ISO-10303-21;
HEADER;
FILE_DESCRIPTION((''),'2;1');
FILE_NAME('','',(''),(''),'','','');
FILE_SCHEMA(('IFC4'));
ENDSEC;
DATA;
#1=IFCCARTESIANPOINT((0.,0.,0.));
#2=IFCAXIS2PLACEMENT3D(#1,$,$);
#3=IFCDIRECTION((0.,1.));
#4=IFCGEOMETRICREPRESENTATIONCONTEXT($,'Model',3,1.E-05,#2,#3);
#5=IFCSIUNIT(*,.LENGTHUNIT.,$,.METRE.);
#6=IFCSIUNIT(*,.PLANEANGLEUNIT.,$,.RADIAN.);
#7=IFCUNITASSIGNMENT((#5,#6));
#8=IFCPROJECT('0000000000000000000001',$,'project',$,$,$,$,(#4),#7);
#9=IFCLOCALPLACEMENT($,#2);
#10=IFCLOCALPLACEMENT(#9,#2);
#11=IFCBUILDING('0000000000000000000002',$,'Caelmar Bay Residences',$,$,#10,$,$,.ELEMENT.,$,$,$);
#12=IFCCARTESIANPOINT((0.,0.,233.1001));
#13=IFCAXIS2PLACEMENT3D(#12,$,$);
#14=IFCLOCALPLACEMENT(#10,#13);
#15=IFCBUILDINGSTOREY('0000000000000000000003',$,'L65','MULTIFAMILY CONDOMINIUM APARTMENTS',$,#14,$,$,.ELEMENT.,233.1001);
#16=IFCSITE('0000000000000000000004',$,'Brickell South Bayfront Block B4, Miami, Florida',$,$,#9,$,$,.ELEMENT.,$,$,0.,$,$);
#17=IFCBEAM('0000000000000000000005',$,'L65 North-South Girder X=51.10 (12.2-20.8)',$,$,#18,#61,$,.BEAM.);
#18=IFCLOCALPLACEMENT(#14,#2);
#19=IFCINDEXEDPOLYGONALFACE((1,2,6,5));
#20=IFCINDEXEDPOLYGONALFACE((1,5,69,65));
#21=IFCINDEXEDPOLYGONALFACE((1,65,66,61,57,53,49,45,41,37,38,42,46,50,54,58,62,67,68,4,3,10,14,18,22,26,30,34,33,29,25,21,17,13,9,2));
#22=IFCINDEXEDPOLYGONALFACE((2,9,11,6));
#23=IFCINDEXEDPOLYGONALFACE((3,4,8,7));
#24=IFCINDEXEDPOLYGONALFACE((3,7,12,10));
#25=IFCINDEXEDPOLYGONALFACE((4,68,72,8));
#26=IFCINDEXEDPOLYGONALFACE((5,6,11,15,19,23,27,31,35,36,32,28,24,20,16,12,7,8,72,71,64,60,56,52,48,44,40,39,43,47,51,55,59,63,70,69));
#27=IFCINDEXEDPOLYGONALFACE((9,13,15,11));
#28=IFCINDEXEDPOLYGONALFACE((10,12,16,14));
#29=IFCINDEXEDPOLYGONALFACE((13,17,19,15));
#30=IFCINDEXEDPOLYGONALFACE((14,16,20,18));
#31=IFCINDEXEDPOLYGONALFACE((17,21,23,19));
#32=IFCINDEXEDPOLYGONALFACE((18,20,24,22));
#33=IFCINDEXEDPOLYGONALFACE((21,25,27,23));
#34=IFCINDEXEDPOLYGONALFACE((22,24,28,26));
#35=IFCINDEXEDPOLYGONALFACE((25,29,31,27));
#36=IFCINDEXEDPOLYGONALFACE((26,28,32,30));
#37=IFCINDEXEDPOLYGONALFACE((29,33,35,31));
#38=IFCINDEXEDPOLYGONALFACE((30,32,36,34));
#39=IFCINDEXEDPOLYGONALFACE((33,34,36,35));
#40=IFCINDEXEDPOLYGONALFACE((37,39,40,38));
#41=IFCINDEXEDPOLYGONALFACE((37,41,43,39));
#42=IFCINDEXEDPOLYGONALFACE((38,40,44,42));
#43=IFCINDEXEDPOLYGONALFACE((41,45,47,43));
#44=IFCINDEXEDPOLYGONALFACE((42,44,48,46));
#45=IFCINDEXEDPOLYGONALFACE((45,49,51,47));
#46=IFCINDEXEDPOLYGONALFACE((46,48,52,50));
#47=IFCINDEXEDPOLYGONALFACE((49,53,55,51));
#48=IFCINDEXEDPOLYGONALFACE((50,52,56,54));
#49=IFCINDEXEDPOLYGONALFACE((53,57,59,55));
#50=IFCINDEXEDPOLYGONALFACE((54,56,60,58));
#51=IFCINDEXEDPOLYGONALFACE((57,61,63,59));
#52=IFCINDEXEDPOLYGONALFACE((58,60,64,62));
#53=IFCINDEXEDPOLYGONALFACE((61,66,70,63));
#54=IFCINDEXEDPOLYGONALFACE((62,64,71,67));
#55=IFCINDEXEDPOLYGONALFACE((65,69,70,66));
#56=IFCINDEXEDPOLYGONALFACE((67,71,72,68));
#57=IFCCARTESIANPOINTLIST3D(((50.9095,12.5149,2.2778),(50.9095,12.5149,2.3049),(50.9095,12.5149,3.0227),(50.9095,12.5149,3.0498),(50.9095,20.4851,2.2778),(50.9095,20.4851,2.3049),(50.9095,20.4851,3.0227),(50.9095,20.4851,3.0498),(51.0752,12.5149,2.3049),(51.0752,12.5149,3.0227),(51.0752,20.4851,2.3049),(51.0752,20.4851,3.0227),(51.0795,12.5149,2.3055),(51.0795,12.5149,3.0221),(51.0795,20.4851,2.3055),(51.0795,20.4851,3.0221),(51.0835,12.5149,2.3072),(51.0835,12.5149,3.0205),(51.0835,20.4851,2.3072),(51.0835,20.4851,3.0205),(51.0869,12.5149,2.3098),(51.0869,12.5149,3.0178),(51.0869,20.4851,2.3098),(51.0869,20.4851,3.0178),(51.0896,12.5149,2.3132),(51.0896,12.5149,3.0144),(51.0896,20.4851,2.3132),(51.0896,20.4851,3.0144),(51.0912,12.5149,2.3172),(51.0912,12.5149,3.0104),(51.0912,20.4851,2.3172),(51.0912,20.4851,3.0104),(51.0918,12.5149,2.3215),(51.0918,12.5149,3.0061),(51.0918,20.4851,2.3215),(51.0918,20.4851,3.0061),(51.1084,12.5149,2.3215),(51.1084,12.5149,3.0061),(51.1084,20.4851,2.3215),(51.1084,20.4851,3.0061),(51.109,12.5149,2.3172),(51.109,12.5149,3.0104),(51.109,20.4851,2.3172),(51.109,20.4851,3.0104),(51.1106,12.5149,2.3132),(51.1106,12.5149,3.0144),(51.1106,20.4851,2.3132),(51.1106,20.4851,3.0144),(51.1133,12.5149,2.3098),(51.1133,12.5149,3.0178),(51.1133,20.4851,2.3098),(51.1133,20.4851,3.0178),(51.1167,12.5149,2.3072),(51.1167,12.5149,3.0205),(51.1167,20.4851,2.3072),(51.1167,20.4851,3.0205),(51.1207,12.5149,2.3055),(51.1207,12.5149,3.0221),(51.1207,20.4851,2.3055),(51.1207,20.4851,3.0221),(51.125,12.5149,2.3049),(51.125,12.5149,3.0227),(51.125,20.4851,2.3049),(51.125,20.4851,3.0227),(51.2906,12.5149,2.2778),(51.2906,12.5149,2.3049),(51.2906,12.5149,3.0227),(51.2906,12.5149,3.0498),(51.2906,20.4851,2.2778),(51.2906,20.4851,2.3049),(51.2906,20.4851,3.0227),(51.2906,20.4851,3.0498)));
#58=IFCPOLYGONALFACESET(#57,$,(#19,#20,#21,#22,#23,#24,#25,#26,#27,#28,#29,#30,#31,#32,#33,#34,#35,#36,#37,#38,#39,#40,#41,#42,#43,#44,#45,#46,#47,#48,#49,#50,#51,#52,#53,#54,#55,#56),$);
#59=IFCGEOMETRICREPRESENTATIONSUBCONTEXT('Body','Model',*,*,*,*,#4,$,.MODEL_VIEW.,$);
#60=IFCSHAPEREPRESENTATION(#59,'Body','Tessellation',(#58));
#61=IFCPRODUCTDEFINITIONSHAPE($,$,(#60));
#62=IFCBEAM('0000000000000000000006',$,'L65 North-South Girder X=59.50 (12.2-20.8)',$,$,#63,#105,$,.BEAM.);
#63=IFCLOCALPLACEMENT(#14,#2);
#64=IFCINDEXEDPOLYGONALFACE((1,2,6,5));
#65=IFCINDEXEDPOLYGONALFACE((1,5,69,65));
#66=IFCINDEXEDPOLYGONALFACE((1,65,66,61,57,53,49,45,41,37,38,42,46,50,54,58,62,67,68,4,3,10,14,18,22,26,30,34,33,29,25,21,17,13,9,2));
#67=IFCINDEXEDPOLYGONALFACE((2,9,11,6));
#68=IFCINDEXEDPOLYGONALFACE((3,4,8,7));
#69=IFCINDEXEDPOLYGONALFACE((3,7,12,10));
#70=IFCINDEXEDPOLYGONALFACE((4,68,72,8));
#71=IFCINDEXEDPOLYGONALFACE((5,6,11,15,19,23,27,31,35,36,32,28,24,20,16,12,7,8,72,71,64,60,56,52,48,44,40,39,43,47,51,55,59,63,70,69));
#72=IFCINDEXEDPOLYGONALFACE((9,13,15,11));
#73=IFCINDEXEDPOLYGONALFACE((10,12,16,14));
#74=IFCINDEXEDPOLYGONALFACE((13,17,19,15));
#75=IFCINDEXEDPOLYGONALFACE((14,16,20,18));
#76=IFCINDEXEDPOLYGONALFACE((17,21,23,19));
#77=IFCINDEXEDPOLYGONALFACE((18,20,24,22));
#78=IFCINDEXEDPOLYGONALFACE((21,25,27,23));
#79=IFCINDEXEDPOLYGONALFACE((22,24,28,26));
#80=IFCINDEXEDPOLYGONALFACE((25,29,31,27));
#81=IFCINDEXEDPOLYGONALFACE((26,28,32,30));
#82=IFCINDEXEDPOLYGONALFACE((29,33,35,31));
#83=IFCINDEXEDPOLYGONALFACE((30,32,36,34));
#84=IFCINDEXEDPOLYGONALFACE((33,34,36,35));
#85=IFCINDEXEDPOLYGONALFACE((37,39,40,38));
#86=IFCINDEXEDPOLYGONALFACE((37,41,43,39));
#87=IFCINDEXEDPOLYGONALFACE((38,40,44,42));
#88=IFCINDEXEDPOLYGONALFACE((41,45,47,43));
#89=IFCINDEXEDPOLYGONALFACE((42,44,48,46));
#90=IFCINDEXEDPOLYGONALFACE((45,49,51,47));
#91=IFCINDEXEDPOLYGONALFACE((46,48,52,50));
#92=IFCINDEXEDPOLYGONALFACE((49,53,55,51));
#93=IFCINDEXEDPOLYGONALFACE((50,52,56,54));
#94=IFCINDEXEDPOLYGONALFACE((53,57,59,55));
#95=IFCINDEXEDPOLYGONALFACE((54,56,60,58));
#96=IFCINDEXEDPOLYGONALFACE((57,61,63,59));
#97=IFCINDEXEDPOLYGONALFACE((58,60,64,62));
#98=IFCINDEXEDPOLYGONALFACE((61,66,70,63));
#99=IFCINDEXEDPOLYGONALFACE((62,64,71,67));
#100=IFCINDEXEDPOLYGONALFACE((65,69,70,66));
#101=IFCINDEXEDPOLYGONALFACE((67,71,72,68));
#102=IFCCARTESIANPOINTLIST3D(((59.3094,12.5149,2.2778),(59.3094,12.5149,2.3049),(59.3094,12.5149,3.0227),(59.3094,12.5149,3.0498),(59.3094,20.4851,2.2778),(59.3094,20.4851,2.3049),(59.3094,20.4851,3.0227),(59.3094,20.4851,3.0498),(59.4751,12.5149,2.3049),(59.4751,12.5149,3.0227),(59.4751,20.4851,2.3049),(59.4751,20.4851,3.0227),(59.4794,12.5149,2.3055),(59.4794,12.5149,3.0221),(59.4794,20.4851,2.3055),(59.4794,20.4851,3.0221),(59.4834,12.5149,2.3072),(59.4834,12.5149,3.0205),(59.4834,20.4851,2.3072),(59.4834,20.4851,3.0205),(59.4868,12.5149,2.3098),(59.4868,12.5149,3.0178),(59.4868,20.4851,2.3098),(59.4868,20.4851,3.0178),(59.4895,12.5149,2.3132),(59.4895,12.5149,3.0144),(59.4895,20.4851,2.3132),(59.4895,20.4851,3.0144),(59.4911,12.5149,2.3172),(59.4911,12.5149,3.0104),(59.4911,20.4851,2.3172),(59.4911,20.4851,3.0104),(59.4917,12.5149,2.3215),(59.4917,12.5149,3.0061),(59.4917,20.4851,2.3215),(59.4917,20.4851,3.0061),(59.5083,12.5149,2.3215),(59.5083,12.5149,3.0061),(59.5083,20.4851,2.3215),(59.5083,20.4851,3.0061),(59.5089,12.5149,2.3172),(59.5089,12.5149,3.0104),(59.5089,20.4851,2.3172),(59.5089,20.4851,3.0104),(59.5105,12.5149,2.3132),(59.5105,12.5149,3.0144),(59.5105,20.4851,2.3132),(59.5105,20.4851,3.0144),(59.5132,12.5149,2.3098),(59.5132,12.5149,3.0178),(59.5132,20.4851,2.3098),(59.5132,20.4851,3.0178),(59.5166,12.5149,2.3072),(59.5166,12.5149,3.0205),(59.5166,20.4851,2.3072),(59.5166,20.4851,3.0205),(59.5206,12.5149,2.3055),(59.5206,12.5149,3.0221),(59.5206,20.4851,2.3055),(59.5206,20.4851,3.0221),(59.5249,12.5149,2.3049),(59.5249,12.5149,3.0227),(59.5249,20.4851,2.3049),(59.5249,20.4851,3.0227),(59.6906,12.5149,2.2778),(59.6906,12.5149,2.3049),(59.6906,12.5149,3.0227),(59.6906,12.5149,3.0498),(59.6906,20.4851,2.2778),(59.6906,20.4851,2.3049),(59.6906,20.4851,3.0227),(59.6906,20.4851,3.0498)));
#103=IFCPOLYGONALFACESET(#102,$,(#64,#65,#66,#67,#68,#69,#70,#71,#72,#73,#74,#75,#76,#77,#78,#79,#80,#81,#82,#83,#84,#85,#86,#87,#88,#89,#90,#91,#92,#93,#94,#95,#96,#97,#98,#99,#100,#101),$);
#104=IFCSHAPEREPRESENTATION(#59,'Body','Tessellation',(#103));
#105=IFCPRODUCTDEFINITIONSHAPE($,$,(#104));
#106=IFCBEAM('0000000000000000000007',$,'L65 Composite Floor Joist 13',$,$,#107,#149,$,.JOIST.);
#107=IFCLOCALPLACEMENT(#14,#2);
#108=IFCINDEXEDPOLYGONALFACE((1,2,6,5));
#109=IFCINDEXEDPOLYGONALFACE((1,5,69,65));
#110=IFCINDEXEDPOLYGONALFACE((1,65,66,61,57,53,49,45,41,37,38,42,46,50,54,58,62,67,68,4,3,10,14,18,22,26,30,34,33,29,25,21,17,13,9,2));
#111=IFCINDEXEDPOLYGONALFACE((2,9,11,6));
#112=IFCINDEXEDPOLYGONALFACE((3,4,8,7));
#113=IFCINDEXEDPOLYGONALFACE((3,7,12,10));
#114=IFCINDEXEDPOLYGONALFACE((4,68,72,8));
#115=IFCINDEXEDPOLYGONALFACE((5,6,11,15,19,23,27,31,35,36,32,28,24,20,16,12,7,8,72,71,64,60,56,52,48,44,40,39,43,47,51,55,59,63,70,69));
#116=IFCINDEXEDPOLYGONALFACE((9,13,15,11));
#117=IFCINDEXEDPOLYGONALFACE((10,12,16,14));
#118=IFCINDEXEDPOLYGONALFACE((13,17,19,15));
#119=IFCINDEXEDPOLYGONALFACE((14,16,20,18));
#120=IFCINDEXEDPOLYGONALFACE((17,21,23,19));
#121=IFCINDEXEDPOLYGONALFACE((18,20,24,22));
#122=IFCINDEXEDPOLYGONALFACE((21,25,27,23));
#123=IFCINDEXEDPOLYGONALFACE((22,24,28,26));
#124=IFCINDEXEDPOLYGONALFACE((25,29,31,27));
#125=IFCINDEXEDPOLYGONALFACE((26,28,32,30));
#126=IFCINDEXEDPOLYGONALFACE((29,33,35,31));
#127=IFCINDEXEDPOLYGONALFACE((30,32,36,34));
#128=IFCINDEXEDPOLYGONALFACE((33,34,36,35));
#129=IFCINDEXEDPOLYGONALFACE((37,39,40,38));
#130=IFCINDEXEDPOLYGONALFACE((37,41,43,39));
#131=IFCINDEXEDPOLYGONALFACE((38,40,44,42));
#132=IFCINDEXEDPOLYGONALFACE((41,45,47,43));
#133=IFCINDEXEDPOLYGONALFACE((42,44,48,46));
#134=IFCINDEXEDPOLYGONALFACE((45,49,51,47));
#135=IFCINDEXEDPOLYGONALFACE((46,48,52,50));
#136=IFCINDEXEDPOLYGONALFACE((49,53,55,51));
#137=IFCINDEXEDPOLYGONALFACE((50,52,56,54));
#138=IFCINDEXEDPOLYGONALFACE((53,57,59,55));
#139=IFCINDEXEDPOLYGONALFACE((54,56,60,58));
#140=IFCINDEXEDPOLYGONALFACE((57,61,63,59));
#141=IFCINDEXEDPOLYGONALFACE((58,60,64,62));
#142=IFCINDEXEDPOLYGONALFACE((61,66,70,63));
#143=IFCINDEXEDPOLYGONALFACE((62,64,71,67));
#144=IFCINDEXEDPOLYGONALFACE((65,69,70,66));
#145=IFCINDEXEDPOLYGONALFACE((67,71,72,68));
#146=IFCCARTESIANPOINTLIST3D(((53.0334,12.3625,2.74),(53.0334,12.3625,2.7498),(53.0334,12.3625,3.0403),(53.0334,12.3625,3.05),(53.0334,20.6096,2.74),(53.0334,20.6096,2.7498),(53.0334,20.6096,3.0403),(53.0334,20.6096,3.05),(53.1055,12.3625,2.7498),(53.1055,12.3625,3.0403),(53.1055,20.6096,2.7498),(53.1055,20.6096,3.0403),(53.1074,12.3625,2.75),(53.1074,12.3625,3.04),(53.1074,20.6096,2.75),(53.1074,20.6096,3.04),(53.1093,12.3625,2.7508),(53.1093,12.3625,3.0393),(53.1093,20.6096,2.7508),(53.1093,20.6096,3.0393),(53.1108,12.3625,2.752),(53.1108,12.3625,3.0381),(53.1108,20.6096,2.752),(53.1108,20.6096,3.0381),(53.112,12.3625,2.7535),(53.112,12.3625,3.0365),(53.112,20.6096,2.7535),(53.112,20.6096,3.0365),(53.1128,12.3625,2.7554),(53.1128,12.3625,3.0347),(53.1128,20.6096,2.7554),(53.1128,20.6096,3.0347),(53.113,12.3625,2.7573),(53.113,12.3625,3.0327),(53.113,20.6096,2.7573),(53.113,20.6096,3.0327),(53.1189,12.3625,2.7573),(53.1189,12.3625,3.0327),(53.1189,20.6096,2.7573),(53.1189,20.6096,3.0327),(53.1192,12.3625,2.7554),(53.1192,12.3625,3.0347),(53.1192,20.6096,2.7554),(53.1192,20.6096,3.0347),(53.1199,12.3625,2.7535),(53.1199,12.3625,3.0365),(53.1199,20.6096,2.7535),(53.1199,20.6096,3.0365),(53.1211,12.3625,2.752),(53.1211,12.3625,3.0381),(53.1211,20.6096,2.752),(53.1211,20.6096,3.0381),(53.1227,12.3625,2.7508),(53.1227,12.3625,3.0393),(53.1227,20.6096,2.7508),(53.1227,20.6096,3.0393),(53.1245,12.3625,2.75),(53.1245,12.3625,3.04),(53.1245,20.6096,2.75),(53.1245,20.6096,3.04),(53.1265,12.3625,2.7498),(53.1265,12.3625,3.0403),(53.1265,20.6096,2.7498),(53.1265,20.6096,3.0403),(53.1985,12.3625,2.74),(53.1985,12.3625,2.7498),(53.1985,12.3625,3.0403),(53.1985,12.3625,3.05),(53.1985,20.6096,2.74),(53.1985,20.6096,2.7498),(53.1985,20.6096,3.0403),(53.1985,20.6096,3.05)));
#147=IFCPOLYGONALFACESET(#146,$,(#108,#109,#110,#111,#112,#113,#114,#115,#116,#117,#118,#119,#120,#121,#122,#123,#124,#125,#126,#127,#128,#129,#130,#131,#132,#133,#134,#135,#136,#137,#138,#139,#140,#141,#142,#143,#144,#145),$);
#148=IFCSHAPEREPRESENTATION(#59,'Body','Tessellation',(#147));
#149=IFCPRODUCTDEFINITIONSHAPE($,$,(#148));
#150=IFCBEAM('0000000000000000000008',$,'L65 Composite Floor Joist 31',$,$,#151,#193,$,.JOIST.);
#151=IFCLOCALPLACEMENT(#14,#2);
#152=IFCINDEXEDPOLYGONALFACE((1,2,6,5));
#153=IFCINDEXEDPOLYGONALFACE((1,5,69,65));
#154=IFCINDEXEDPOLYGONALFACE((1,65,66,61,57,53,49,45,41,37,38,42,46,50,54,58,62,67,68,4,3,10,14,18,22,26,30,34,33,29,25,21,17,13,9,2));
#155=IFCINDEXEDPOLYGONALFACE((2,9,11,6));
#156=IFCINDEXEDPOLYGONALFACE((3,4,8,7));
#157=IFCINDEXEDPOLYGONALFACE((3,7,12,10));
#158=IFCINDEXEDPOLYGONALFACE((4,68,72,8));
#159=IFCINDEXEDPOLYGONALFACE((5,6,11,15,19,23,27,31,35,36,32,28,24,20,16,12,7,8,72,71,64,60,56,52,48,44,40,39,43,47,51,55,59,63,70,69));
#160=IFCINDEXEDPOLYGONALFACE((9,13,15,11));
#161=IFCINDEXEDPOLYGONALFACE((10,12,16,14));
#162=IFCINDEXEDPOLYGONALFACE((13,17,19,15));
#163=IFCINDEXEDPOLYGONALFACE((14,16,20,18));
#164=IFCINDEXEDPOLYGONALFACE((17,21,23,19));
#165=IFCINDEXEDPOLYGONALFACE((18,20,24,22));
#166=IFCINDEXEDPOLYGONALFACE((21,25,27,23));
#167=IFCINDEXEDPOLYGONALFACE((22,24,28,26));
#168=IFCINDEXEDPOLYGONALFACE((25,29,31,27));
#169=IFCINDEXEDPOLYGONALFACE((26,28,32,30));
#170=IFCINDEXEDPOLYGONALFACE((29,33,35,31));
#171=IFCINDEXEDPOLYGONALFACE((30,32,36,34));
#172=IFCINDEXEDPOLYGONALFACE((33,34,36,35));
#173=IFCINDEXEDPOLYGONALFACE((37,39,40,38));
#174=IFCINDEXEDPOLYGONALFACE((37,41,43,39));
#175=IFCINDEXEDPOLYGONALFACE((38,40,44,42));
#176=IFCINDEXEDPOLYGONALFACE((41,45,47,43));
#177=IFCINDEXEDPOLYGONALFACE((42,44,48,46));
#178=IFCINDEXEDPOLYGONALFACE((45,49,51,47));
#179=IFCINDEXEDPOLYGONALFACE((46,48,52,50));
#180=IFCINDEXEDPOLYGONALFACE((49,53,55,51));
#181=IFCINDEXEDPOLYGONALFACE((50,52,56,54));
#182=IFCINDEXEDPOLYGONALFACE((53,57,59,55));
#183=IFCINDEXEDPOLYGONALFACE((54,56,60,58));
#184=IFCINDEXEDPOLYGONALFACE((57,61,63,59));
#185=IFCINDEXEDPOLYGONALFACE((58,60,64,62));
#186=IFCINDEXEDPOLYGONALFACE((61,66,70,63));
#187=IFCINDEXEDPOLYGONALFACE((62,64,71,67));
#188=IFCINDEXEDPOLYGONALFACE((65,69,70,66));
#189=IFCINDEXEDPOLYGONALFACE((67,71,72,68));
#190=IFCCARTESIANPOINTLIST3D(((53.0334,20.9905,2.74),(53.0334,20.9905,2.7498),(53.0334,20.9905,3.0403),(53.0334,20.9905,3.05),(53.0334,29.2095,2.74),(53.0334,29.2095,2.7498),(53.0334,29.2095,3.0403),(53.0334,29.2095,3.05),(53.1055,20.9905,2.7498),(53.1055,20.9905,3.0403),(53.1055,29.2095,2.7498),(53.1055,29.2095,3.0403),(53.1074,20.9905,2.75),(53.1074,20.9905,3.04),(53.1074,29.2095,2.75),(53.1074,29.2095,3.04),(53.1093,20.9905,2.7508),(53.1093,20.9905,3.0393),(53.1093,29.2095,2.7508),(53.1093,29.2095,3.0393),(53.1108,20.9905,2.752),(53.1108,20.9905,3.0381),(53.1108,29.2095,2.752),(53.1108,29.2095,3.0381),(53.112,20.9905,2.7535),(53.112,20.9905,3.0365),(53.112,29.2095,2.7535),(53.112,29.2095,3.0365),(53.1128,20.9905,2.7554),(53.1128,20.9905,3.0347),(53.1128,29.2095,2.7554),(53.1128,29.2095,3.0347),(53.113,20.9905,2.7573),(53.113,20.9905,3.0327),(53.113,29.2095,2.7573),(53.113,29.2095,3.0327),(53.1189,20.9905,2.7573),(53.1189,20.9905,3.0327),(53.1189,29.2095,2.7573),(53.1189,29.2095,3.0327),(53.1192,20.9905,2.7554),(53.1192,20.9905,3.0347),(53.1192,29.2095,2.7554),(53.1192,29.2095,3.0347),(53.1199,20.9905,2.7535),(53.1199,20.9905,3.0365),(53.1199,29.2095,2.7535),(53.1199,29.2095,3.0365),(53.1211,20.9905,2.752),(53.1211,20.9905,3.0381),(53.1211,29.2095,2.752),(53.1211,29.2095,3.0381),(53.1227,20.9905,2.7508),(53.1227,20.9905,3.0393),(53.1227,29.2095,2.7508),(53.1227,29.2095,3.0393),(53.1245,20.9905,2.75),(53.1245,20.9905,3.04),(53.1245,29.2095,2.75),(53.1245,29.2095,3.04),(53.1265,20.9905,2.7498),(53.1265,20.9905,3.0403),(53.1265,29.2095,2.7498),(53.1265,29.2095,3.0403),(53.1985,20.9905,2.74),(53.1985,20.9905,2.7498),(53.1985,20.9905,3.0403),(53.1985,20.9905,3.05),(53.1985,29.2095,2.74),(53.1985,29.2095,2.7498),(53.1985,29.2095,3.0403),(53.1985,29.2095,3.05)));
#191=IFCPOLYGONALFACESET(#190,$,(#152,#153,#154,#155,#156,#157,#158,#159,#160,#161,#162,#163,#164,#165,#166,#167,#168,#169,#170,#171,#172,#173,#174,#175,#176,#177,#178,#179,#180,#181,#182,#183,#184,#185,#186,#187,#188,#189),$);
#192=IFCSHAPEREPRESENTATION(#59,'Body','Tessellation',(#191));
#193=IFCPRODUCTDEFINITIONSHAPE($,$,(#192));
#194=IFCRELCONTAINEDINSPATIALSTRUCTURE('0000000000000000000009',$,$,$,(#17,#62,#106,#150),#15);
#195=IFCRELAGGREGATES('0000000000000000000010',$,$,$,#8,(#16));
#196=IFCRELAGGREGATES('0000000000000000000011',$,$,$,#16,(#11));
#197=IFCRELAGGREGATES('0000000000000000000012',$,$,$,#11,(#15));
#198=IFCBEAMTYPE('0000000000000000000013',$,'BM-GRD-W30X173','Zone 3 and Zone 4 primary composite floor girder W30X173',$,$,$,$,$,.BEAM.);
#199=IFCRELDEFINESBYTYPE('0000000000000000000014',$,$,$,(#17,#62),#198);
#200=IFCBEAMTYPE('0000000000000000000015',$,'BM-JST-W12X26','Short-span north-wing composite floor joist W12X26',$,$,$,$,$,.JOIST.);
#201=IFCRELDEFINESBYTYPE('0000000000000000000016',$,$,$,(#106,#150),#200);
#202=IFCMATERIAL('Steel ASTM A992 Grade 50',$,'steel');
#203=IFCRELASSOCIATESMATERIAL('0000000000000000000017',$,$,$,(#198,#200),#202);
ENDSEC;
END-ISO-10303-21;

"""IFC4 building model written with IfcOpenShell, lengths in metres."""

from ifc_helpers import new_model, si_unit, direction, frame, origin, origin_2d, place, context, subcontext, project, spatial, i_section, extrude, material, material_profile, profile_set, type_object, element, save


model = new_model("IFC4")

# Units and contexts
model_context = context("Model", 3, precision=1e-05, world=origin(), true_north=direction((0.0, 1.0)))
body_context = subcontext(model_context, "Body", "Model", "MODEL_VIEW")
ifc_project = project(units=[si_unit("LENGTHUNIT", "METRE"), si_unit("PLANEANGLEUNIT", "RADIAN")], contexts=[model_context])

# Site, building, storey
site_placement = place(None, origin())
site = spatial("IfcSite", under=ifc_project, at=site_placement, Name="Brickell South Bayfront Block B4, Miami, Florida", CompositionType="ELEMENT", RefElevation=0.0)
building_placement = place(site_placement, origin())
building = spatial("IfcBuilding", under=site, at=building_placement, Name="Caelmar Bay Residences", CompositionType="ELEMENT")
storey_placement = place(building_placement, frame((0.0, 0.0, 233.1001)))
storey = spatial("IfcBuildingStorey", under=building, at=storey_placement, Name="L65", Description="MULTIFAMILY CONDOMINIUM APARTMENTS", CompositionType="ELEMENT", Elevation=233.1001)

# Beams
ifc_material_1 = material(Name="Steel ASTM A992 Grade 50", Category="steel")
ifc_material_profile_1 = material_profile(ifc_material_1, i_section(OverallWidth=0.3811, OverallDepth=0.772, WebThickness=0.0166, FlangeThickness=0.0271, FilletRadius=0.0166, at=origin_2d()), Name="W30X173")
ifc_profile_set_1 = profile_set([ifc_material_profile_1], Name="Steel ASTM A992 Grade 50")
beam_type_1 = type_object("IfcBeamType", Name="BM-GRD-W30X173", Description="Zone 3 and Zone 4 primary composite floor girder W30X173", PredefinedType="BEAM", material=ifc_profile_set_1)
for number, where, z_axis, x_axis, name in (
    (1, (51.1001, 12.5149, 2.6638), (0.0, 1.0, 0.0), (-1.0, 0.0, 0.0), "L65 North-South Girder X=51.10 (12.2-20.8)"),
    (2, (59.5, 12.5149, 2.6638), (0.0, 1.0, 0.0), (-1.0, 0.0, 0.0), "L65 North-South Girder X=59.50 (12.2-20.8)"),
):
    element("IfcBeam", number, at=place(storey_placement, frame(where, z_axis=z_axis, x_axis=x_axis)), inside=storey, type_object=beam_type_1, Name=name, PredefinedType="BEAM", context=body_context, shape_type="SweptSolid", body=[
        extrude(i_section(OverallWidth=0.3811, OverallDepth=0.772, WebThickness=0.0166, FlangeThickness=0.0271, FilletRadius=0.0166, at=origin_2d()), origin(), (0.0, 0.0, 1.0), 7.9702),
    ])
ifc_material_profile_2 = material_profile(ifc_material_1, i_section(OverallWidth=0.165, OverallDepth=0.3101, WebThickness=0.0059, FlangeThickness=0.0098, FilletRadius=0.0076, at=origin_2d()), Name="W12X26")
ifc_profile_set_2 = profile_set([ifc_material_profile_2], Name="Steel ASTM A992 Grade 50")
beam_type_2 = type_object("IfcBeamType", Name="BM-JST-W12X26", Description="Short-span north-wing composite floor joist W12X26", PredefinedType="JOIST", material=ifc_profile_set_2)
beam_1_placement = place(storey_placement, frame((53.116, 12.3625, 2.895), z_axis=(0.0, 1.0, 0.0), x_axis=(-1.0, 0.0, 0.0)))
element("IfcBeam", 3, at=beam_1_placement, inside=storey, type_object=beam_type_2, Name="L65 Composite Floor Joist 13", PredefinedType="JOIST", context=body_context, shape_type="SweptSolid", body=[
    extrude(i_section(OverallWidth=0.165, OverallDepth=0.3101, WebThickness=0.0059, FlangeThickness=0.0098, FilletRadius=0.0076, at=origin_2d()), origin(), (0.0, 0.0, 1.0), 8.2471),
])
beam_2_placement = place(storey_placement, frame((53.116, 20.9905, 2.895), z_axis=(0.0, 1.0, 0.0), x_axis=(-1.0, 0.0, 0.0)))
element("IfcBeam", 4, at=beam_2_placement, inside=storey, type_object=beam_type_2, Name="L65 Composite Floor Joist 31", PredefinedType="JOIST", context=body_context, shape_type="SweptSolid", body=[
    extrude(i_section(OverallWidth=0.165, OverallDepth=0.3101, WebThickness=0.0059, FlangeThickness=0.0098, FilletRadius=0.0076, at=origin_2d()), origin(), (0.0, 0.0, 1.0), 8.219),
])

save(model, "model.ifc")
